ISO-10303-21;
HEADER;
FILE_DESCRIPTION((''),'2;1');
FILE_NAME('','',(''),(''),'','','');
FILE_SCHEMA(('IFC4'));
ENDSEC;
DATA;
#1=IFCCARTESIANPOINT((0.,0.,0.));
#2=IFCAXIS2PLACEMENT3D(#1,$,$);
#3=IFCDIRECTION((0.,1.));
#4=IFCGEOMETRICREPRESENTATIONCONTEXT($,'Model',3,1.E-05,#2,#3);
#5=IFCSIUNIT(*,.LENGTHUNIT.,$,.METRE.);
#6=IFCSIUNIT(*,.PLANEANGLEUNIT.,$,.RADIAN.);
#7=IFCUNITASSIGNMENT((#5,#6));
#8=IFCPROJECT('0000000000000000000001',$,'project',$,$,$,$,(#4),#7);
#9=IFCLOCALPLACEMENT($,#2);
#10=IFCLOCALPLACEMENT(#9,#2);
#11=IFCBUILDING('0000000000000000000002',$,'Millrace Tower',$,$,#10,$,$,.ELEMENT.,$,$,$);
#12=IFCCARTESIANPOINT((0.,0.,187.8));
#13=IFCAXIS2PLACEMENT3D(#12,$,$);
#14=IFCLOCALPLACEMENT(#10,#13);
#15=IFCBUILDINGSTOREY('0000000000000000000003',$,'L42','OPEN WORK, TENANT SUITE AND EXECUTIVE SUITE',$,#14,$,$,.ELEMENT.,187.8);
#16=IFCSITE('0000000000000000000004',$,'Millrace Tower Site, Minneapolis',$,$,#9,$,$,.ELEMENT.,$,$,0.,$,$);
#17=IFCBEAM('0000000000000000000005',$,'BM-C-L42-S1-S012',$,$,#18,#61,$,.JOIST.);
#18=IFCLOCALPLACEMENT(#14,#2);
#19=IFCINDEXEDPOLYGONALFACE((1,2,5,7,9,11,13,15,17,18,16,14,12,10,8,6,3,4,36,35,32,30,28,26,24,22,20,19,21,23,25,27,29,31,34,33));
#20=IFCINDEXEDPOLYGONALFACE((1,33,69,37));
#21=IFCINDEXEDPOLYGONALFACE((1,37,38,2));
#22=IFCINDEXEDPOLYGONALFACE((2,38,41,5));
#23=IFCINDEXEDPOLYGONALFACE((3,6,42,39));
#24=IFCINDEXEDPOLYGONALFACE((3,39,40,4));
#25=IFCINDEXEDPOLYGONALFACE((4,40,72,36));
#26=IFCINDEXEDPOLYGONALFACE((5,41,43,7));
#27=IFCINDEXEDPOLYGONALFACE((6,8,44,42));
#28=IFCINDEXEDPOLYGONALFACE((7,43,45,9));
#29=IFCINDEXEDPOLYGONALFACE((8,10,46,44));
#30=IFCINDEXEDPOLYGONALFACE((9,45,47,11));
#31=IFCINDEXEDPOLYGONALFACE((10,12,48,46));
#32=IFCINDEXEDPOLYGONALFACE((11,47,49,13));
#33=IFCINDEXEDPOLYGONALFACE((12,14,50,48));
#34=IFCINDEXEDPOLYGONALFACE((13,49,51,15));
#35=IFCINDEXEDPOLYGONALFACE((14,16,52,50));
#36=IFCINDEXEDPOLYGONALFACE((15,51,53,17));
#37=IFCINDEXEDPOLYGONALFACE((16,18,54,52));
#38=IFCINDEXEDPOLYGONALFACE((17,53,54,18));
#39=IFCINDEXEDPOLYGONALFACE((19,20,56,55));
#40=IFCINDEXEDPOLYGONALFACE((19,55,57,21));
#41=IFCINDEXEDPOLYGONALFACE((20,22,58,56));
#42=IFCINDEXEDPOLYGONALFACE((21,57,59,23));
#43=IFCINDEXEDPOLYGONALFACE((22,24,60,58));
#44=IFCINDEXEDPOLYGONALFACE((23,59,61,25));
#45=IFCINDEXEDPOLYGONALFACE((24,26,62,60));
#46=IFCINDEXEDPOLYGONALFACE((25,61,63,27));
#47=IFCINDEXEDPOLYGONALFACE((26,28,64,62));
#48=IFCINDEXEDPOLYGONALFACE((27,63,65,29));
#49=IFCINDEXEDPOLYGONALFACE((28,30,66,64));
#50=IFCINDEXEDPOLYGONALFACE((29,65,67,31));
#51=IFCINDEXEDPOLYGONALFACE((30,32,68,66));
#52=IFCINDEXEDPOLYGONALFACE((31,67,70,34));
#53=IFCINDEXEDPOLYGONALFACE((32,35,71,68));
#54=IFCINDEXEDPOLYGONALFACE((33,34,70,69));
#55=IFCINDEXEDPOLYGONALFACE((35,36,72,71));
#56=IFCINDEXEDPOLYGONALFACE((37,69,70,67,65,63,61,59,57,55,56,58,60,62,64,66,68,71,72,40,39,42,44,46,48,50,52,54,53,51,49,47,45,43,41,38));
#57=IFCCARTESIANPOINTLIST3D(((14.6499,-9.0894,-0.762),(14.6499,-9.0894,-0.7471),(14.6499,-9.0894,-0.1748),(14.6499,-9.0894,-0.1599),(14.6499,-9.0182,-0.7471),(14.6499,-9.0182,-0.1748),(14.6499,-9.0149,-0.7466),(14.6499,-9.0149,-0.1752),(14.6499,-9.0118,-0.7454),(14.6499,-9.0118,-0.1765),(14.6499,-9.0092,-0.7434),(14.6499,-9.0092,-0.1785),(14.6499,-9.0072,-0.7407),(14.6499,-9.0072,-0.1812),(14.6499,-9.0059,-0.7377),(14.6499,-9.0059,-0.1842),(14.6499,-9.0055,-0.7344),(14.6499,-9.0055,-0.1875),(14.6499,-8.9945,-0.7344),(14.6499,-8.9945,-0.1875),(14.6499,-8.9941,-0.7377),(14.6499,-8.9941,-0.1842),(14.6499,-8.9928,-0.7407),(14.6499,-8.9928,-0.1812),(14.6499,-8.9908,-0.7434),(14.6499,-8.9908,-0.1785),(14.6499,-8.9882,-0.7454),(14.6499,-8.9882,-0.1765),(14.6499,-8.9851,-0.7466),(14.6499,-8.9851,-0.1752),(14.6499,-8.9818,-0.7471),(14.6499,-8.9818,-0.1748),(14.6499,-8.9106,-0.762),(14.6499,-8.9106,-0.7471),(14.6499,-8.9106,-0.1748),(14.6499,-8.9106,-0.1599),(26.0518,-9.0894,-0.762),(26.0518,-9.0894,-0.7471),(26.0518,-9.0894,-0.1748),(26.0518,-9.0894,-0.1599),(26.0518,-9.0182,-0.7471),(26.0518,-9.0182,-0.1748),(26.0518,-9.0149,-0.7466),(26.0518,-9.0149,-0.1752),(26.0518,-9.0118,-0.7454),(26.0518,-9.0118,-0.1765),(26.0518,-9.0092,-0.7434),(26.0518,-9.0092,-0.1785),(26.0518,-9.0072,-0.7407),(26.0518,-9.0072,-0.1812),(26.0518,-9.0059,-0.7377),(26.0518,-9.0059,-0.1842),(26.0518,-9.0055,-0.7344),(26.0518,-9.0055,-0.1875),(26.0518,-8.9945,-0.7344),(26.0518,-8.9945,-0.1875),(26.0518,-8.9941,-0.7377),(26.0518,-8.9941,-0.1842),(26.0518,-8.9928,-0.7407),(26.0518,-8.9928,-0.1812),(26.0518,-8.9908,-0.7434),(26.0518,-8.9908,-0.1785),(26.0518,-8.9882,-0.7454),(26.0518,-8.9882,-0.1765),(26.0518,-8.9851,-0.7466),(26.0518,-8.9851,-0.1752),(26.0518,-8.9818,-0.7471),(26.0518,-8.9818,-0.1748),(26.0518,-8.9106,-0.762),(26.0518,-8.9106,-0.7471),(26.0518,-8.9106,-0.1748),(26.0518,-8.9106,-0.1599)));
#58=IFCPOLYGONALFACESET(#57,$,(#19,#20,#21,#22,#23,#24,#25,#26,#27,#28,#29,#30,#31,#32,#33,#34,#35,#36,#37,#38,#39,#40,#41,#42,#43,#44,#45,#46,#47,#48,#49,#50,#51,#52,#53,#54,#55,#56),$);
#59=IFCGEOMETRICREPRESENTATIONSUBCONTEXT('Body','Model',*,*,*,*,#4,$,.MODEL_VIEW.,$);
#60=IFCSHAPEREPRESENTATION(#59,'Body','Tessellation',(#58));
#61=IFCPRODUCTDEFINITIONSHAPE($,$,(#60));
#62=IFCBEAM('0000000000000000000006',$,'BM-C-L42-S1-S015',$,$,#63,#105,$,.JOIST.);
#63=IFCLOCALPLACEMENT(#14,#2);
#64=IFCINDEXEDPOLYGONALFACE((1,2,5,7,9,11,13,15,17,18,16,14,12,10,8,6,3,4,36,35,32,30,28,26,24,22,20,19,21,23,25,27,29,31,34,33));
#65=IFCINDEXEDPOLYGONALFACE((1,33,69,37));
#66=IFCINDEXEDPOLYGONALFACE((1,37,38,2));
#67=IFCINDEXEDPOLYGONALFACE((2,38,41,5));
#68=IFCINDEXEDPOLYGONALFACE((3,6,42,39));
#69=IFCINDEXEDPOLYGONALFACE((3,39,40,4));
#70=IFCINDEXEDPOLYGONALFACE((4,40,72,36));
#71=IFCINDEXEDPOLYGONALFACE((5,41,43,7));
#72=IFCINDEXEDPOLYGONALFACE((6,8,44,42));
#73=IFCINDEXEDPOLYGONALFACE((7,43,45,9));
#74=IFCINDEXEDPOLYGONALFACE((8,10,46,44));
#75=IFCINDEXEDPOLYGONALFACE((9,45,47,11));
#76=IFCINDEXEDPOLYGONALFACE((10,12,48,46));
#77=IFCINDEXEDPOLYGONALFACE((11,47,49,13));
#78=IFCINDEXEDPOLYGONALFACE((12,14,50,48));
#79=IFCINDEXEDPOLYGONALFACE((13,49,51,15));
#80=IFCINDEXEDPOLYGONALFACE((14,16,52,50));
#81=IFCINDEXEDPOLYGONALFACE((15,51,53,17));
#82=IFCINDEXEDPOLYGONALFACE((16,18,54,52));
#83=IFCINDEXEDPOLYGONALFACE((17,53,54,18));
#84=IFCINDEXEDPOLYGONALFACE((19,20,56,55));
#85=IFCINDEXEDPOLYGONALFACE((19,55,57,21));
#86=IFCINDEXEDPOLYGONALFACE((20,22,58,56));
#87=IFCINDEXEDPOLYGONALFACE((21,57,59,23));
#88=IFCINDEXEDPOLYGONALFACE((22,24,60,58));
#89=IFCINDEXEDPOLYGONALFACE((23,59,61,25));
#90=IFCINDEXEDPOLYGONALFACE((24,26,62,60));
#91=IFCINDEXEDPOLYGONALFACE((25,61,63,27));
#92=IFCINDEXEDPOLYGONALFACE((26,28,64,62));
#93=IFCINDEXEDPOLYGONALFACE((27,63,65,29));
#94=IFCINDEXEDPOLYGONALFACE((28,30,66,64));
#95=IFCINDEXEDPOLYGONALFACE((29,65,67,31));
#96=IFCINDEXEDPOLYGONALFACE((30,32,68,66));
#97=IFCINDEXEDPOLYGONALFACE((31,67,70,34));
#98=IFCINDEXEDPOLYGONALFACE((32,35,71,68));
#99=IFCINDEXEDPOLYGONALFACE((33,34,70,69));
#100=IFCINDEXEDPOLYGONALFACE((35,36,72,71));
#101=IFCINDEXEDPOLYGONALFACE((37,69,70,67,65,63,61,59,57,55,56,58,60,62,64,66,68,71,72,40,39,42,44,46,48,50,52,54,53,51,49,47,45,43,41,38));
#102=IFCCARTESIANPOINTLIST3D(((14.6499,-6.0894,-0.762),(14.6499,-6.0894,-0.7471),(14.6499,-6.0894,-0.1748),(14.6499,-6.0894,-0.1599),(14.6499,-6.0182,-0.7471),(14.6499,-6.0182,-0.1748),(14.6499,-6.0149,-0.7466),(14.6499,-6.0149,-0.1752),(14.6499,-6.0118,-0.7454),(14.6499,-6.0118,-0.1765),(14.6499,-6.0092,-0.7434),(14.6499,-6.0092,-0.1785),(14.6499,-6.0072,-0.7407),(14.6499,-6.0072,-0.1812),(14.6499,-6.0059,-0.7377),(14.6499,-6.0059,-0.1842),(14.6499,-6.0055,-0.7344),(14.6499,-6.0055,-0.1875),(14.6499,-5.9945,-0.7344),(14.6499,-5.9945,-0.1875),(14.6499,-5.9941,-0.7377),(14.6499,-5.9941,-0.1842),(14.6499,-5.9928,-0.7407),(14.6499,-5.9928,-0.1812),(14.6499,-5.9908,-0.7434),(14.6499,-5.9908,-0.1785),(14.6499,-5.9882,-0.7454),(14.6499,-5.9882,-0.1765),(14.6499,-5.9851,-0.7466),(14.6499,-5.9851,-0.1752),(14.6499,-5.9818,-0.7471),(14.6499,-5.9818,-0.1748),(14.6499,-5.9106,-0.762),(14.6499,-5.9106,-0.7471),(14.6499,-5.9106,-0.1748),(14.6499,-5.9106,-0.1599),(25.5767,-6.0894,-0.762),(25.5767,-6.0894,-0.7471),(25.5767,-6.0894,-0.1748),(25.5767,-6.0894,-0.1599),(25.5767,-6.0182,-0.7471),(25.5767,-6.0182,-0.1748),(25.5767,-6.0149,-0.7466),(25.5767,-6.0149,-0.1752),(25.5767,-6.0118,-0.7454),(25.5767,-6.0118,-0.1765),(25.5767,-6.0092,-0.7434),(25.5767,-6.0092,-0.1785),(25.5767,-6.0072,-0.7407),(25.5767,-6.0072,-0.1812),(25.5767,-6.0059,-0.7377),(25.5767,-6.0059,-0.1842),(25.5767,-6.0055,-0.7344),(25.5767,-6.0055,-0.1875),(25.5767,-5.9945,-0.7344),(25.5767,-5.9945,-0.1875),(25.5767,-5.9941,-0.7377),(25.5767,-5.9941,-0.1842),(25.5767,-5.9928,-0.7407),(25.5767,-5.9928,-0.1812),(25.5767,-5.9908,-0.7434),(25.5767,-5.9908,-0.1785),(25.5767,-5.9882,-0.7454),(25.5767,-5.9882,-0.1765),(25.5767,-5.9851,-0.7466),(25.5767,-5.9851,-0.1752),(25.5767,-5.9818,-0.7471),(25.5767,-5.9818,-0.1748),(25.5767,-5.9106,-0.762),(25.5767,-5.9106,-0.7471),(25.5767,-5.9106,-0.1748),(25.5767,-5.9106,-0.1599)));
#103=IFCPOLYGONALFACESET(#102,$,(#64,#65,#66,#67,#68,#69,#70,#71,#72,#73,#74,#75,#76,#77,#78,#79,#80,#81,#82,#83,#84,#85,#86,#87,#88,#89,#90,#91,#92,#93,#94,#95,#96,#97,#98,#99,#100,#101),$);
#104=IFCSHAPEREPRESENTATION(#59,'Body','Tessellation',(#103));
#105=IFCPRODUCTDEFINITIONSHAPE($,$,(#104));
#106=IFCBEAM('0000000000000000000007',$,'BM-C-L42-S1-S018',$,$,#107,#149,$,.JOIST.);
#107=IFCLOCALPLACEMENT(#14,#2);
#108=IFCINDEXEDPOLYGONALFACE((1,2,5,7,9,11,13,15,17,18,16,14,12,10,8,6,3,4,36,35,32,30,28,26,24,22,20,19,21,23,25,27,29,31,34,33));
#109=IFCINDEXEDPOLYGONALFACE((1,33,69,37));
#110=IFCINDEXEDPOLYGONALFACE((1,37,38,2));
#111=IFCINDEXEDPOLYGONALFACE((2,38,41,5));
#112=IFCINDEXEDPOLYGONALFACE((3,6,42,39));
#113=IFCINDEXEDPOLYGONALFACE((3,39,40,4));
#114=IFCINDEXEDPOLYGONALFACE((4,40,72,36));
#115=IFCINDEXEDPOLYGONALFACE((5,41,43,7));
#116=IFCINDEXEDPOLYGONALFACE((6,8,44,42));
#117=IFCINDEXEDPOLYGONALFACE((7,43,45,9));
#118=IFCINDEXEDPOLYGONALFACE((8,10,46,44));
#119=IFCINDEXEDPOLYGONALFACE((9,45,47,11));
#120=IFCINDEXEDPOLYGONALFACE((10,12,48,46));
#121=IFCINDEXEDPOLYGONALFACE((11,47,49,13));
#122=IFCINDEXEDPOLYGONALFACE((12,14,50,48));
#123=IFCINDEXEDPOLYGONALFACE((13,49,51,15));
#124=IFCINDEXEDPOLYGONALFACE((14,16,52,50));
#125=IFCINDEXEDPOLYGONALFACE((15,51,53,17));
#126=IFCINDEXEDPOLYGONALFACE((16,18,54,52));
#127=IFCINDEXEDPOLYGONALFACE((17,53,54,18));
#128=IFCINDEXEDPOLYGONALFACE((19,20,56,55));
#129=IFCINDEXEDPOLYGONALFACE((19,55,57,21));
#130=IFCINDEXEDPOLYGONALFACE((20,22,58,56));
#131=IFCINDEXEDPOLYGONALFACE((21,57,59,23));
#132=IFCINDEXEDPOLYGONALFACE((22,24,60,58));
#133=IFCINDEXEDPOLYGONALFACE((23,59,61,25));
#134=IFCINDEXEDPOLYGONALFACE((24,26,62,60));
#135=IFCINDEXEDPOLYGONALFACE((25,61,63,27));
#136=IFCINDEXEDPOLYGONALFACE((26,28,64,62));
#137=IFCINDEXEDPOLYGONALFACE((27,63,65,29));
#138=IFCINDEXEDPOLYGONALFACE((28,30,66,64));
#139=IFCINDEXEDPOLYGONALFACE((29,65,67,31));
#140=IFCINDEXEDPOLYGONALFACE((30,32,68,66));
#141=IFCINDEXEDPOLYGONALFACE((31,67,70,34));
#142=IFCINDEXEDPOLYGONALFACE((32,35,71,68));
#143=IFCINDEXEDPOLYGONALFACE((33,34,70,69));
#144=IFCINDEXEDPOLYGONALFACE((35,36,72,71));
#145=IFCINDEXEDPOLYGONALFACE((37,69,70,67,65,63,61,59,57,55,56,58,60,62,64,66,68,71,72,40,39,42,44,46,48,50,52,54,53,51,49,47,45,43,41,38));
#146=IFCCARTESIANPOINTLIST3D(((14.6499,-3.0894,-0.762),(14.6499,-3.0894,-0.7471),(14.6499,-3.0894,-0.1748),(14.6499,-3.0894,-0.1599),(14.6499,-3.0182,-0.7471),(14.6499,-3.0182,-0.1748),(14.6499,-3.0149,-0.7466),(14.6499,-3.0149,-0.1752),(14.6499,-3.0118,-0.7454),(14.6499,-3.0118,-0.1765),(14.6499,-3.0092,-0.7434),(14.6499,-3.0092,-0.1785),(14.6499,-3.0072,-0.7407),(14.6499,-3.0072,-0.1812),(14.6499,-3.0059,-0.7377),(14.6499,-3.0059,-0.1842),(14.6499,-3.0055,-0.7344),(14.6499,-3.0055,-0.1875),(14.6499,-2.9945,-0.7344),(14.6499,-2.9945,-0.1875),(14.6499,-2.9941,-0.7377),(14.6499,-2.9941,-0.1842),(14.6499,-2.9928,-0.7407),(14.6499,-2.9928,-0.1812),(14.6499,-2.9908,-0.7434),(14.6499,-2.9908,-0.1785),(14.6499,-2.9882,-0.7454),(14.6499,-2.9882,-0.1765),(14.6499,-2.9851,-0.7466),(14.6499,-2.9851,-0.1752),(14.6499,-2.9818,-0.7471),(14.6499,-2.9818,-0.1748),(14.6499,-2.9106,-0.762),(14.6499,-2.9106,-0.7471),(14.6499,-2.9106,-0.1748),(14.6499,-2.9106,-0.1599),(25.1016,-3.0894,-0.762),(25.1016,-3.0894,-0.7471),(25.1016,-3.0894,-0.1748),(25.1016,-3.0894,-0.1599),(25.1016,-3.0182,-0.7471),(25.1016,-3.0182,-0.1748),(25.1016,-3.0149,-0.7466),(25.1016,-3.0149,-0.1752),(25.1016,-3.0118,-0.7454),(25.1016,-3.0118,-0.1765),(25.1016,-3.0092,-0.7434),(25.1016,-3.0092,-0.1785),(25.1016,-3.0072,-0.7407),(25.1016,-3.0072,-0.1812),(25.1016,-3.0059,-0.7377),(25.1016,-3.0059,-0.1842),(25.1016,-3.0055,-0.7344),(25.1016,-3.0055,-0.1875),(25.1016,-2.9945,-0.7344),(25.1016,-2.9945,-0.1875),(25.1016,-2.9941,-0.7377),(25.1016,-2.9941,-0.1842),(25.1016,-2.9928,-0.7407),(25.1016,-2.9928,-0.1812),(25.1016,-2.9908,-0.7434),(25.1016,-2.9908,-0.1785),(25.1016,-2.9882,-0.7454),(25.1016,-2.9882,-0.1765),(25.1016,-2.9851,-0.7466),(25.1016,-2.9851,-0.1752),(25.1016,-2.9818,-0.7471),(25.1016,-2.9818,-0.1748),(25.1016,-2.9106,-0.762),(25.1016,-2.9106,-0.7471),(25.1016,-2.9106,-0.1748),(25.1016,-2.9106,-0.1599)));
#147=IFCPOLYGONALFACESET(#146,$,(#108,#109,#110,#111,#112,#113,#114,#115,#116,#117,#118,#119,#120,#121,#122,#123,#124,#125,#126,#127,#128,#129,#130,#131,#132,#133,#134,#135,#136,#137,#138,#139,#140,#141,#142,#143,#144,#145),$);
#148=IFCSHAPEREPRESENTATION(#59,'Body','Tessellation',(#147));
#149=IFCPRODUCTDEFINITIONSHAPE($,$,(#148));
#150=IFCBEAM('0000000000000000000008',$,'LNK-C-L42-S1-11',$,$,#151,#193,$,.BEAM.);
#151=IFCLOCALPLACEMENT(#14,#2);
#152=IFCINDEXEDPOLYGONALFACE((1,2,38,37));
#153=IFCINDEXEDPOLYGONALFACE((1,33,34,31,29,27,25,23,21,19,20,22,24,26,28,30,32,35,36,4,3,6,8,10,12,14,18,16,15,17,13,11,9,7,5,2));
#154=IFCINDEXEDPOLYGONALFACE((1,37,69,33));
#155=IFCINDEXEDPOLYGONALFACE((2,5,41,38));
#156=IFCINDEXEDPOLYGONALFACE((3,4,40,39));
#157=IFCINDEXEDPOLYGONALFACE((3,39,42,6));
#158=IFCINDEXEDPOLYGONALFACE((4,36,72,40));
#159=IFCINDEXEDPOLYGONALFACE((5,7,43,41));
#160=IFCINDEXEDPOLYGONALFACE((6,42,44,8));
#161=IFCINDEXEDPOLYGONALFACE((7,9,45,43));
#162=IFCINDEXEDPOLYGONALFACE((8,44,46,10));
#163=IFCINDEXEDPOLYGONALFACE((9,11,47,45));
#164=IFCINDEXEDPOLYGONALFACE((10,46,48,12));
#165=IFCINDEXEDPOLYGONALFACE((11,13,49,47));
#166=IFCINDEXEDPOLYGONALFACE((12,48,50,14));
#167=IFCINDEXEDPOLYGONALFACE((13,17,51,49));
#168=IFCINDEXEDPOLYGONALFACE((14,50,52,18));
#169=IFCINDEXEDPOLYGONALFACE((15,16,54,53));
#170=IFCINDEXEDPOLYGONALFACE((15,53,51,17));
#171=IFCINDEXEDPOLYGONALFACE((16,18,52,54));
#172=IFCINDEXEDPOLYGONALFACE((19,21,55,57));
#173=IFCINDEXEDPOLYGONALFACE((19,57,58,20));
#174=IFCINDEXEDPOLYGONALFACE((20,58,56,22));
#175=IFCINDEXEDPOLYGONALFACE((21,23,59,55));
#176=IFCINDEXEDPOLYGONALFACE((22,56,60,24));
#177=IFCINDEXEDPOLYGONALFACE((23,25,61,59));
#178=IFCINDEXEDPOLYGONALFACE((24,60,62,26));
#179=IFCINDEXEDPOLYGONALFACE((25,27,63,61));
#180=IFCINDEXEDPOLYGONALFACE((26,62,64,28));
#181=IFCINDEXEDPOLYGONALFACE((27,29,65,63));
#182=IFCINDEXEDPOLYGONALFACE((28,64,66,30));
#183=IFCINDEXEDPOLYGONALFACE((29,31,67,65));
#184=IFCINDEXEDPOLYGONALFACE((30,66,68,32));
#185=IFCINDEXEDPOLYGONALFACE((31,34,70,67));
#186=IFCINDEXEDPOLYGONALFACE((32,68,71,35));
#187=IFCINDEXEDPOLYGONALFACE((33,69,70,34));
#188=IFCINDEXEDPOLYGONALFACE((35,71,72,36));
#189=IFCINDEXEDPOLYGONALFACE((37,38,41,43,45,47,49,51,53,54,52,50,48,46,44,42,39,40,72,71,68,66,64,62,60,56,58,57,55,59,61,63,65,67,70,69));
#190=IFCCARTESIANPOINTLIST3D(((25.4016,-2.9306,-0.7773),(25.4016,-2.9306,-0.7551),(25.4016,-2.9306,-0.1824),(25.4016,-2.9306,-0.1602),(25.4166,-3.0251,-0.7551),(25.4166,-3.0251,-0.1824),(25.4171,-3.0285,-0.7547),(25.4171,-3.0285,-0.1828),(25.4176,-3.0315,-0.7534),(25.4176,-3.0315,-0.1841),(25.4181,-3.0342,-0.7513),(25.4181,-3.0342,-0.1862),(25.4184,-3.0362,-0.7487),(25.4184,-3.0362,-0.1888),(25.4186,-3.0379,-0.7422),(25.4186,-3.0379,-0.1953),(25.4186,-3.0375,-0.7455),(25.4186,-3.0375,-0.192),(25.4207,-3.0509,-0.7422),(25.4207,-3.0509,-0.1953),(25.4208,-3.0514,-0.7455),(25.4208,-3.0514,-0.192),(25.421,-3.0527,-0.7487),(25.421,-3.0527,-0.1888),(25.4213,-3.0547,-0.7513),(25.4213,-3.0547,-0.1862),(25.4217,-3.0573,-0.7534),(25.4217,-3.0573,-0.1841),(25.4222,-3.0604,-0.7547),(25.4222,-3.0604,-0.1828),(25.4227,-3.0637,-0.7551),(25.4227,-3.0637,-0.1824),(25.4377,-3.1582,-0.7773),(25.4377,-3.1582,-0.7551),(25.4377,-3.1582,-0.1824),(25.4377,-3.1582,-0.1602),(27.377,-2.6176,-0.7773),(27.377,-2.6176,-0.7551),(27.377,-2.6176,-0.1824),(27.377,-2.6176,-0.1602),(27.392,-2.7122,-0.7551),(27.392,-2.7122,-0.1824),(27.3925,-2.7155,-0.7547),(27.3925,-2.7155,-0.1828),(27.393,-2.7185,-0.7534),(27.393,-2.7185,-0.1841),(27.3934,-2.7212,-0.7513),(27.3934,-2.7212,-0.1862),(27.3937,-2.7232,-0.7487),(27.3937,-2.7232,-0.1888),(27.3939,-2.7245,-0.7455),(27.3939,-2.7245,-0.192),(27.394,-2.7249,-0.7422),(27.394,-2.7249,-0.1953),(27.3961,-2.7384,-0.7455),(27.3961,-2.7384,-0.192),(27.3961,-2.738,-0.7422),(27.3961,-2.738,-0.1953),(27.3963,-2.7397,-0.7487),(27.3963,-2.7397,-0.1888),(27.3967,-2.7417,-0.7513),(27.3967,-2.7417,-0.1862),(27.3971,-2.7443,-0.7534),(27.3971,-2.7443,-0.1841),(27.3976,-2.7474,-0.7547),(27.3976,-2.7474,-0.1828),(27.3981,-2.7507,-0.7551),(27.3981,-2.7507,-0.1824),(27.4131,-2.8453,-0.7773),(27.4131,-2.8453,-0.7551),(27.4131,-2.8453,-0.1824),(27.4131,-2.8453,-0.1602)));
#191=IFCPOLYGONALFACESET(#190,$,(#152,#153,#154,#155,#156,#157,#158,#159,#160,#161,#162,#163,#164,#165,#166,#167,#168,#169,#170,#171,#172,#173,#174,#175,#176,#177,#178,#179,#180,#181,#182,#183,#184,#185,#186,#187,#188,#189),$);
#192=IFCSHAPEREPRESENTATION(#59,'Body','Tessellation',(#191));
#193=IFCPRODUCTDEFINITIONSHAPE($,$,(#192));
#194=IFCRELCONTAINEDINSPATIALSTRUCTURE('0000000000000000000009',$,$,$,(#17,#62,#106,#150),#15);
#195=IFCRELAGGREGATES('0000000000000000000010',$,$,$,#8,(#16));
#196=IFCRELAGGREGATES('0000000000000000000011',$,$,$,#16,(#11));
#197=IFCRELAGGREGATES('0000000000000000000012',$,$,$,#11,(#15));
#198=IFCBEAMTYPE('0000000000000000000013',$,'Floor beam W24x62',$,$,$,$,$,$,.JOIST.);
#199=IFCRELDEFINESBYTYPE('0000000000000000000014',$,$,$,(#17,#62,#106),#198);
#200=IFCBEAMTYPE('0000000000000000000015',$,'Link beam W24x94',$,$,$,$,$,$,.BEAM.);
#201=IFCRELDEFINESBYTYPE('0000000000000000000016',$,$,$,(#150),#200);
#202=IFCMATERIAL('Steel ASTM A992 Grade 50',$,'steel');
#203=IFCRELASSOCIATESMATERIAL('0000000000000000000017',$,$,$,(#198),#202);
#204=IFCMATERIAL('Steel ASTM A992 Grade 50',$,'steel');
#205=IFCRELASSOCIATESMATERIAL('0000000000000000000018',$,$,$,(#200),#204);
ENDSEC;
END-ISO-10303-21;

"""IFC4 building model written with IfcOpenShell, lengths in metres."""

from ifc_helpers import new_model, si_unit, direction, frame, origin, origin_2d, place, context, subcontext, project, spatial, i_section, extrude, material, material_profile, profile_set, type_object, element, save


model = new_model("IFC4")

# Units and contexts
model_context = context("Model", 3, precision=1e-05, world=origin(), true_north=direction((0.0, 1.0)))
body_context = subcontext(model_context, "Body", "Model", "MODEL_VIEW")
ifc_project = project(units=[si_unit("LENGTHUNIT", "METRE"), si_unit("PLANEANGLEUNIT", "RADIAN")], contexts=[model_context])

# Site, building, storey
site_placement = place(None, origin())
site = spatial("IfcSite", under=ifc_project, at=site_placement, Name="Millrace Tower Site, Minneapolis", CompositionType="ELEMENT", RefElevation=0.0)
building_placement = place(site_placement, origin())
building = spatial("IfcBuilding", under=site, at=building_placement, Name="Millrace Tower", CompositionType="ELEMENT")
storey_placement = place(building_placement, frame((0.0, 0.0, 187.8)))
storey = spatial("IfcBuildingStorey", under=building, at=storey_placement, Name="L42", Description="OPEN WORK, TENANT SUITE AND EXECUTIVE SUITE", CompositionType="ELEMENT", Elevation=187.8)

# Beams
ifc_material_1 = material(Name="Steel ASTM A992 Grade 50", Category="steel")
ifc_material_profile_1 = material_profile(ifc_material_1, i_section(OverallWidth=0.1787, OverallDepth=0.6021, WebThickness=0.011, FlangeThickness=0.0149, FilletRadius=0.0127, at=origin_2d()))
ifc_profile_set_1 = profile_set([ifc_material_profile_1], Name="Steel ASTM A992 Grade 50")
beam_type_1 = type_object("IfcBeamType", Name="Floor beam W24x62", PredefinedType="JOIST", material=ifc_profile_set_1)
beam_1_placement = place(storey_placement, frame((14.6499, -9.0, -0.4609), z_axis=(1.0, 0.0, 0.0), x_axis=(0.0, 1.0, 0.0)))
element("IfcBeam", 1, at=beam_1_placement, inside=storey, type_object=beam_type_1, Name="BM-C-L42-S1-S012", PredefinedType="JOIST", context=body_context, shape_type="SweptSolid", body=[
    extrude(i_section(OverallWidth=0.1787, OverallDepth=0.6021, WebThickness=0.011, FlangeThickness=0.0149, FilletRadius=0.0127, at=origin_2d()), origin(), (0.0, 0.0, 1.0), 11.4019),
])
beam_2_placement = place(storey_placement, frame((14.6499, -6.0, -0.4609), z_axis=(1.0, 0.0, 0.0), x_axis=(0.0, 1.0, 0.0)))
element("IfcBeam", 2, at=beam_2_placement, inside=storey, type_object=beam_type_1, Name="BM-C-L42-S1-S015", PredefinedType="JOIST", context=body_context, shape_type="SweptSolid", body=[
    extrude(i_section(OverallWidth=0.1787, OverallDepth=0.6021, WebThickness=0.011, FlangeThickness=0.0149, FilletRadius=0.0127, at=origin_2d()), origin(), (0.0, 0.0, 1.0), 10.9268),
])
beam_3_placement = place(storey_placement, frame((14.6499, -3.0, -0.4609), z_axis=(1.0, 0.0, 0.0), x_axis=(0.0, 1.0, 0.0)))
element("IfcBeam", 3, at=beam_3_placement, inside=storey, type_object=beam_type_1, Name="BM-C-L42-S1-S018", PredefinedType="JOIST", context=body_context, shape_type="SweptSolid", body=[
    extrude(i_section(OverallWidth=0.1787, OverallDepth=0.6021, WebThickness=0.011, FlangeThickness=0.0149, FilletRadius=0.0127, at=origin_2d()), origin(), (0.0, 0.0, 1.0), 10.4517),
])
ifc_material_2 = material(Name="Steel ASTM A992 Grade 50", Category="steel")
ifc_material_profile_2 = material_profile(ifc_material_2, i_section(OverallWidth=0.2305, OverallDepth=0.6172, WebThickness=0.0132, FlangeThickness=0.0222, FilletRadius=0.0129, at=origin_2d()))
ifc_profile_set_2 = profile_set([ifc_material_profile_2], Name="Steel ASTM A992 Grade 50")
beam_type_2 = type_object("IfcBeamType", Name="Link beam W24x94", PredefinedType="BEAM", material=ifc_profile_set_2)
beam_4_placement = place(storey_placement, frame((25.4197, -3.0444, -0.4688), z_axis=(0.987679, 0.156495, 0.0), x_axis=(-0.156495, 0.987679, 0.0)))
element("IfcBeam", 4, at=beam_4_placement, inside=storey, type_object=beam_type_2, Name="LNK-C-L42-S1-11", PredefinedType="BEAM", context=body_context, shape_type="SweptSolid", body=[
    extrude(i_section(OverallWidth=0.2305, OverallDepth=0.6172, WebThickness=0.0132, FlangeThickness=0.0222, FilletRadius=0.0129, at=origin_2d()), origin(), (0.0, 0.0, 1.0), 2.0),
])

save(model, "model.ifc")
